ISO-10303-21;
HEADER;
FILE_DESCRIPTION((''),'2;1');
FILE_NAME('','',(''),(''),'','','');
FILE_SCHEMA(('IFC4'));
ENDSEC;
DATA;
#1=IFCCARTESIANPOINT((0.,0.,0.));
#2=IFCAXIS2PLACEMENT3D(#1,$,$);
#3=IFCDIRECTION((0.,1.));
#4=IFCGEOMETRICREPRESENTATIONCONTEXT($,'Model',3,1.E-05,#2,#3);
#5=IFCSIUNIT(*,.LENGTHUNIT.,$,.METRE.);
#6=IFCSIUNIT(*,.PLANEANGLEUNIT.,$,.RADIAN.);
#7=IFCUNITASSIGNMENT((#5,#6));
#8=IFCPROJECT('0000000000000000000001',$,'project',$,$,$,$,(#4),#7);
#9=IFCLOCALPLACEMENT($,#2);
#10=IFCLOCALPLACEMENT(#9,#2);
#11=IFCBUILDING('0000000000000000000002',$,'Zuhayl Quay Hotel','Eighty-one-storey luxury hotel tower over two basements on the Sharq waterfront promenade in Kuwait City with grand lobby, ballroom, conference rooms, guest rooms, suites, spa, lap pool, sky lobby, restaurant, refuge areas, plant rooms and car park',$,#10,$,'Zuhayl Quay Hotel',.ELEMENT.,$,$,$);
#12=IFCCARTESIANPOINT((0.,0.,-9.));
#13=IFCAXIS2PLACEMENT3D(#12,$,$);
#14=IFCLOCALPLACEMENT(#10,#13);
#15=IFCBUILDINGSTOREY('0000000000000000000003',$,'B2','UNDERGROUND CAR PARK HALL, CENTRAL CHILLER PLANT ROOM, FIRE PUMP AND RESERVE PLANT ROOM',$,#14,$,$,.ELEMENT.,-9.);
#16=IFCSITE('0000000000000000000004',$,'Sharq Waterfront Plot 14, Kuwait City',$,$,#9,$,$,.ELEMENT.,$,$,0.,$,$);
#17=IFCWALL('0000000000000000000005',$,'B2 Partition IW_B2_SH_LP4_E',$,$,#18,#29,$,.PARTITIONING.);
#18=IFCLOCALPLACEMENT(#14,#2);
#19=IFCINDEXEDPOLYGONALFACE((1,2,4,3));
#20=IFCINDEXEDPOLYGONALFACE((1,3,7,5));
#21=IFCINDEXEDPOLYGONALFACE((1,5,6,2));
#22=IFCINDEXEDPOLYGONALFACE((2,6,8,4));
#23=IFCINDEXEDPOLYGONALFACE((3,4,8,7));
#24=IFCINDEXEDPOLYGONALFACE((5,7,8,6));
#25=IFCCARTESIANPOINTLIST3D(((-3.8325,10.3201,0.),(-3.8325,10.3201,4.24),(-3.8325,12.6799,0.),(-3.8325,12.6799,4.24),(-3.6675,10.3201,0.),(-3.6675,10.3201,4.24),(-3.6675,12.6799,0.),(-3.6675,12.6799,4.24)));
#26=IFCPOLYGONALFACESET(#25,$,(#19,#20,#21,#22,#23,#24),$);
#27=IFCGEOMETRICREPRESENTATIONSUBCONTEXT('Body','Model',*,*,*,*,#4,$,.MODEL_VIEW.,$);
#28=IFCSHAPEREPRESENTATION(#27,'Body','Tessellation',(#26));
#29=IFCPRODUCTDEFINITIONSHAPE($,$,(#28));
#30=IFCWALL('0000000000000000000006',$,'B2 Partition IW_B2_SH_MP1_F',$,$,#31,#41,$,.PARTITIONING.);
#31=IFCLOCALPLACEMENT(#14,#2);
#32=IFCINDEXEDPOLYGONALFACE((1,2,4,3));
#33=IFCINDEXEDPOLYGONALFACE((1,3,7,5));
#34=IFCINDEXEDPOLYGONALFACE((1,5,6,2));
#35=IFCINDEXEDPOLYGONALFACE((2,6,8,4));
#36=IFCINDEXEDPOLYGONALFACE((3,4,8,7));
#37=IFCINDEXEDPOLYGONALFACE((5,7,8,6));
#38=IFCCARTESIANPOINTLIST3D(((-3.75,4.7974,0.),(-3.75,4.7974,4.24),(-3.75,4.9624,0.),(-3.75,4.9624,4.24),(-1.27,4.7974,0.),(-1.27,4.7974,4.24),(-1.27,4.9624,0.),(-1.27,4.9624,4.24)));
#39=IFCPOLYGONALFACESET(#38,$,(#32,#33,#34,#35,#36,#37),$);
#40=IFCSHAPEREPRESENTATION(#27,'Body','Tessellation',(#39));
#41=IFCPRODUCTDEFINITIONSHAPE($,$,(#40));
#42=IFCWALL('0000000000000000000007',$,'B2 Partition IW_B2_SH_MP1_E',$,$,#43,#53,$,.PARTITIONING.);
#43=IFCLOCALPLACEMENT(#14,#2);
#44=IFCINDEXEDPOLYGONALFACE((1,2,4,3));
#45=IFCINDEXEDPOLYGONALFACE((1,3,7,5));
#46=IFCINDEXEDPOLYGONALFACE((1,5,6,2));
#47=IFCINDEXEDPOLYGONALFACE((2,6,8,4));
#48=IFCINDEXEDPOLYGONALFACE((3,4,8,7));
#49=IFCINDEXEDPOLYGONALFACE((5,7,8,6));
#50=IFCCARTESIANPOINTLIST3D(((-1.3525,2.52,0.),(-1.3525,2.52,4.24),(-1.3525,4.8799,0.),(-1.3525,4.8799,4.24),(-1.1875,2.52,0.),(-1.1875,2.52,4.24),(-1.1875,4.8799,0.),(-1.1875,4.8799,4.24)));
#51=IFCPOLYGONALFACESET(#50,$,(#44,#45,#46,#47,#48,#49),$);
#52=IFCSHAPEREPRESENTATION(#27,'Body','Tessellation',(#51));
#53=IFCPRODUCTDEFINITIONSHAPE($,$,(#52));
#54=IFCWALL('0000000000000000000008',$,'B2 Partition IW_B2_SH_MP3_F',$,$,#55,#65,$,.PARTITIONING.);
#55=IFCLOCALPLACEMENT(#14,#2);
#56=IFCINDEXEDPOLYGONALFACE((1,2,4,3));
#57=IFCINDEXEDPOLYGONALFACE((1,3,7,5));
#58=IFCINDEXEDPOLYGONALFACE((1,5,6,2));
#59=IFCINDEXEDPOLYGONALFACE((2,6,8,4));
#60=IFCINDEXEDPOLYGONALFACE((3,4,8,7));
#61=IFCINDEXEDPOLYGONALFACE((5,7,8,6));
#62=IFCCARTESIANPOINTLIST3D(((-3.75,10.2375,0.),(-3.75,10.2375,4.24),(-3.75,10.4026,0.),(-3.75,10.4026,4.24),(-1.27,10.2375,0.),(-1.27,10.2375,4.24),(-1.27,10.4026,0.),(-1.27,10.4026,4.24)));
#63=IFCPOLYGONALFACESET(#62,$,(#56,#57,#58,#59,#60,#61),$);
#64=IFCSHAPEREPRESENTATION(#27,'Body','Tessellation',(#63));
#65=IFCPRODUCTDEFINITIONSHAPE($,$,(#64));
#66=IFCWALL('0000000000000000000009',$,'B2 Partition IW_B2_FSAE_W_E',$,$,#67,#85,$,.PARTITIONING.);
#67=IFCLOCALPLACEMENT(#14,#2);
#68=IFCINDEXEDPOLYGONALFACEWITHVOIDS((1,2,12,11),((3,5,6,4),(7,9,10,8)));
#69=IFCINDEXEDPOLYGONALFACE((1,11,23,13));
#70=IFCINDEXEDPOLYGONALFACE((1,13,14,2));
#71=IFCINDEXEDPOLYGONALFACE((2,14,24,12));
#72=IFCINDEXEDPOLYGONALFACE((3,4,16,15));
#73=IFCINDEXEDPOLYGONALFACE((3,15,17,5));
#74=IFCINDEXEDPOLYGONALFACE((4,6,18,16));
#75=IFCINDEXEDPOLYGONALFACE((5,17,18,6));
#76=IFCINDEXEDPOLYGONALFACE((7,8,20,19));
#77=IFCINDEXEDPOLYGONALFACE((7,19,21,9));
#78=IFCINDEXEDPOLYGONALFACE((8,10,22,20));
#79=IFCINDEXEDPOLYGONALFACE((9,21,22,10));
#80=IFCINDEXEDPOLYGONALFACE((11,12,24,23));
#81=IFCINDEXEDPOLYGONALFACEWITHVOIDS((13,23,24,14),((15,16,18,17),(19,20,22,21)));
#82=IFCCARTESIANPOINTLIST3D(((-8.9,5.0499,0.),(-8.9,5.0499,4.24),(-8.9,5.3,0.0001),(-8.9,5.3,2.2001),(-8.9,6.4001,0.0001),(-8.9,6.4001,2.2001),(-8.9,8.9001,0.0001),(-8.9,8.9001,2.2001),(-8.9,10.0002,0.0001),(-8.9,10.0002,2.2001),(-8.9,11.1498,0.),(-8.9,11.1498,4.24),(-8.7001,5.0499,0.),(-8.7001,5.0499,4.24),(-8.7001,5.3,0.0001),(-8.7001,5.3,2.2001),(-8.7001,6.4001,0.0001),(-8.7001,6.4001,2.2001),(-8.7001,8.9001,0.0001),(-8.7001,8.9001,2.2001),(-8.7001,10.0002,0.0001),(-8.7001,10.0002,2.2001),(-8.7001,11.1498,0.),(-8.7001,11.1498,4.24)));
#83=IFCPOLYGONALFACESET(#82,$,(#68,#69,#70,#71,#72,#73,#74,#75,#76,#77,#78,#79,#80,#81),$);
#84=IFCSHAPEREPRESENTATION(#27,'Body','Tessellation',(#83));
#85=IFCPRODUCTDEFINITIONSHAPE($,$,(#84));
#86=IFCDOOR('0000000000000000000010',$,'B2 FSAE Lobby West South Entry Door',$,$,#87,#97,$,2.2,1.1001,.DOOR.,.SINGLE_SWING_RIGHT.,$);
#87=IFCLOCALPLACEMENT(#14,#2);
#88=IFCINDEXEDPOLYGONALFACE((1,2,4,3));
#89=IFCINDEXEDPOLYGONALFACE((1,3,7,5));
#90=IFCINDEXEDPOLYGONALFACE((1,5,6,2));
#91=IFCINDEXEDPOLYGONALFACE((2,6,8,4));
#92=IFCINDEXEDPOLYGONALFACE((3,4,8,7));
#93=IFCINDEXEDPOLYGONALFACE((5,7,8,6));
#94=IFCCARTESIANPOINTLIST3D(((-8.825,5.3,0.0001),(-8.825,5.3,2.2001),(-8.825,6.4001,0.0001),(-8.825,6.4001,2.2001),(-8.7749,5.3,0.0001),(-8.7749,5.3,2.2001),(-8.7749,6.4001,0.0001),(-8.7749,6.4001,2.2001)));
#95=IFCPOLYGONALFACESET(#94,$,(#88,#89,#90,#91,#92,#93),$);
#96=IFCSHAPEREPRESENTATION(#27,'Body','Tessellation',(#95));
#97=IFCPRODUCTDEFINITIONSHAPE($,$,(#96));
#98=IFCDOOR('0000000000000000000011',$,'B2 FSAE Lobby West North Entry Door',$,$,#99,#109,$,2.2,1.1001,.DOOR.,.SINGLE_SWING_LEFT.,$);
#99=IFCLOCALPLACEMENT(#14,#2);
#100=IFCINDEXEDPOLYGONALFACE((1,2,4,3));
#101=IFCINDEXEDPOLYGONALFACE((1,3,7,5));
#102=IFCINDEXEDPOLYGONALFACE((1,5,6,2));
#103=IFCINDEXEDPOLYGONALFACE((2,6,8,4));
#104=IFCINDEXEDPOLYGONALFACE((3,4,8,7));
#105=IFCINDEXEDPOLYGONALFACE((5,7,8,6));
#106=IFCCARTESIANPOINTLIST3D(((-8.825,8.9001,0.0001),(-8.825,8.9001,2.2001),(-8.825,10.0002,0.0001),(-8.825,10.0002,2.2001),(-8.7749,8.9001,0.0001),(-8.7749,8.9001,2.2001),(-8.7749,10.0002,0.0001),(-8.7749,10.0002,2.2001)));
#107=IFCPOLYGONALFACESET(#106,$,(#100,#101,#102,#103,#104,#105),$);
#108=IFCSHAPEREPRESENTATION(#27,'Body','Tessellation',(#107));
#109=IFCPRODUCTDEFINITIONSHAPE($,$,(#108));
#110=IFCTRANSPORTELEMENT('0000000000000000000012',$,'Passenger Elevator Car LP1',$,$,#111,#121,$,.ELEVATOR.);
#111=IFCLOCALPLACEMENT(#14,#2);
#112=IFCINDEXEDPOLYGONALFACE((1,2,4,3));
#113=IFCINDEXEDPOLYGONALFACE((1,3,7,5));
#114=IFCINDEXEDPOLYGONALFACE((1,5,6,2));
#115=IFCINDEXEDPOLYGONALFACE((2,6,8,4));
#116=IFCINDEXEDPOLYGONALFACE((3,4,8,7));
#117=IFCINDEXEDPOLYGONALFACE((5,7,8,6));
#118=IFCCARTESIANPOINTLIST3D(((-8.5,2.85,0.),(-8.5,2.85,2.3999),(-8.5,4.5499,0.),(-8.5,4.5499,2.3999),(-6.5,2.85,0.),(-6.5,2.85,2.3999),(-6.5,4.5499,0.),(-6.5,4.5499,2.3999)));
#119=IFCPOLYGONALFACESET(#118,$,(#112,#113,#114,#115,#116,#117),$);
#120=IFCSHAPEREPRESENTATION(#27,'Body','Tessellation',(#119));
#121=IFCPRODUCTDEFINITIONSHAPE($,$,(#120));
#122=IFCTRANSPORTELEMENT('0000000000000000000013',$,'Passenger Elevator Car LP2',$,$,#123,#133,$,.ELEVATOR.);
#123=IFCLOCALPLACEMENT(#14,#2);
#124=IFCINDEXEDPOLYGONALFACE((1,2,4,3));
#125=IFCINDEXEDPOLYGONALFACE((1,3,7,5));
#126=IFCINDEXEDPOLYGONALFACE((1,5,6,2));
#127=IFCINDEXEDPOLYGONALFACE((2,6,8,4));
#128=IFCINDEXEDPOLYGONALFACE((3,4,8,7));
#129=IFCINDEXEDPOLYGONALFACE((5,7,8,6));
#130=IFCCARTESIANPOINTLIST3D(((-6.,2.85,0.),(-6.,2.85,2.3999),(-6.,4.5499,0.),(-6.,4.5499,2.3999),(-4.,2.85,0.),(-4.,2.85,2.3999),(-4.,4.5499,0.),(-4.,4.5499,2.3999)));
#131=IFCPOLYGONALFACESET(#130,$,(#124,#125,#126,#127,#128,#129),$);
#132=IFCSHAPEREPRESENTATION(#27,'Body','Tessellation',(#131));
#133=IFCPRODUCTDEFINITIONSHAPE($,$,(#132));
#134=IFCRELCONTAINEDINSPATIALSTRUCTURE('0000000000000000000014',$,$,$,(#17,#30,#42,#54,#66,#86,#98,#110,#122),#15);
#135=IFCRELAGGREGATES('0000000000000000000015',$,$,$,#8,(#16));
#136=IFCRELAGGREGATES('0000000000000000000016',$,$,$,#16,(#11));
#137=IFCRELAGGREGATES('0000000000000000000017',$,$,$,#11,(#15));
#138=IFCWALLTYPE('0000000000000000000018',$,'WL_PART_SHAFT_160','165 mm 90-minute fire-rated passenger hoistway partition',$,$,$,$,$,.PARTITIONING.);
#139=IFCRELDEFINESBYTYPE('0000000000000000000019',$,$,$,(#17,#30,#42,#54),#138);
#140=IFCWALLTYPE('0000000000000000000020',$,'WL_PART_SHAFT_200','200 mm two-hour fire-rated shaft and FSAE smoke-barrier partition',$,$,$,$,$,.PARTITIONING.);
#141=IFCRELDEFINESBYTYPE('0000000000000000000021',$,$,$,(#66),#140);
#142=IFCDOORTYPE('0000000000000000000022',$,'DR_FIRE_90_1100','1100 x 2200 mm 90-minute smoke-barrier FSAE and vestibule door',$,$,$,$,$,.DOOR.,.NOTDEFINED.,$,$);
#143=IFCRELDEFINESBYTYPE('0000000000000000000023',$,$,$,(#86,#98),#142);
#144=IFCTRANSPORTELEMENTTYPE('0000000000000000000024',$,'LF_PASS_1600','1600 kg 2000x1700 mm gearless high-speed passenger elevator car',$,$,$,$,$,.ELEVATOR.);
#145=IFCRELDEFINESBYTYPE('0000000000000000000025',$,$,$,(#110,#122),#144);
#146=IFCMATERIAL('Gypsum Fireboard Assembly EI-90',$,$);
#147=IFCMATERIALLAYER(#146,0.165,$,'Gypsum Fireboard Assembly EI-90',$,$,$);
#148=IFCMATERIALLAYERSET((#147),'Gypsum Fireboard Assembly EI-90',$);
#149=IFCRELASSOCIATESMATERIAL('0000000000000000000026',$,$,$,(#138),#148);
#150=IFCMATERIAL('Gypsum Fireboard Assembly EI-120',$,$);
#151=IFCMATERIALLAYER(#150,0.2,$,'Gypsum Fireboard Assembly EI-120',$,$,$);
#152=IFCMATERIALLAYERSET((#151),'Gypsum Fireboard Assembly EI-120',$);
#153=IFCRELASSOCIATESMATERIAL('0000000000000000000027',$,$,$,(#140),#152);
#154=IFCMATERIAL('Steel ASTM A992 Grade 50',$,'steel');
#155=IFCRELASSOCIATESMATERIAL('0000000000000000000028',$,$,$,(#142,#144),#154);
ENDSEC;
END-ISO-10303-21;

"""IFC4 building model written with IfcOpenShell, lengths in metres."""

from ifc_helpers import new_model, si_unit, direction, frame, frame_2d, origin, origin_2d, place, context, subcontext, project, spatial, rectangle, extrude, material, layer, layer_set, type_object, element, fill, save


model = new_model("IFC4")

# Units and contexts
model_context = context("Model", 3, precision=1e-05, world=origin(), true_north=direction((0.0, 1.0)))
body_context = subcontext(model_context, "Body", "Model", "MODEL_VIEW")
ifc_project = project(units=[si_unit("LENGTHUNIT", "METRE"), si_unit("PLANEANGLEUNIT", "RADIAN")], contexts=[model_context])

# Site, building, storey
site_placement = place(None, origin())
site = spatial("IfcSite", under=ifc_project, at=site_placement, Name="Sharq Waterfront Plot 14, Kuwait City", CompositionType="ELEMENT", RefElevation=0.0)
building_placement = place(site_placement, origin())
building = spatial("IfcBuilding", under=site, at=building_placement, Name="Zuhayl Quay Hotel", Description="Eighty-one-storey luxury hotel tower over two basements on the Sharq waterfront promenade in Kuwait City with grand lobby, ballroom, conference rooms, guest rooms, suites, spa, lap pool, sky lobby, restaurant, refuge areas, plant rooms and car park", LongName="Zuhayl Quay Hotel", CompositionType="ELEMENT")
storey_placement = place(building_placement, frame((0.0, 0.0, -9.0)))
storey = spatial("IfcBuildingStorey", under=building, at=storey_placement, Name="B2", Description="UNDERGROUND CAR PARK HALL, CENTRAL CHILLER PLANT ROOM, FIRE PUMP AND RESERVE PLANT ROOM", CompositionType="ELEMENT", Elevation=-9.0)

# Shared definitions
ifc_material_1 = material(Name="Steel ASTM A992 Grade 50", Category="steel")

# Shared definitions
ifc_material_2 = material(Name="Gypsum Fireboard Assembly EI-90")
ifc_layer_1 = layer(ifc_material_2, 0.165, Name="Gypsum Fireboard Assembly EI-90")
ifc_layer_set_1 = layer_set([ifc_layer_1], Name="Gypsum Fireboard Assembly EI-90")
wall_type_1 = type_object("IfcWallType", Name="WL_PART_SHAFT_160", Description="165 mm 90-minute fire-rated passenger hoistway partition", PredefinedType="PARTITIONING", material=ifc_layer_set_1)

# Walls
for number, where, z_axis, x_axis, name in (
    (1, (-3.75, 10.3201, 0.0), (0.0, 0.0, 1.0), (0.0, 1.0, 0.0), "B2 Partition IW_B2_SH_LP4_E"),
):
    element("IfcWall", number, at=place(storey_placement, frame(where, z_axis=z_axis, x_axis=x_axis)), inside=storey, type_object=wall_type_1, Name=name, PredefinedType="PARTITIONING", context=body_context, shape_type="SweptSolid", body=[
        extrude(rectangle(XDim=2.3599, YDim=0.165, at=frame_2d((1.1799, 0.0))), origin(), (0.0, 0.0, 1.0), 4.24),
    ])
wall_1_placement = place(storey_placement, frame((-3.75, 4.8799, 0.0), z_axis=(0.0, 0.0, 1.0), x_axis=(1.0, 0.0, 0.0)))
element("IfcWall", 2, at=wall_1_placement, inside=storey, type_object=wall_type_1, Name="B2 Partition IW_B2_SH_MP1_F", PredefinedType="PARTITIONING", context=body_context, shape_type="SweptSolid", body=[
    extrude(rectangle(XDim=2.48, YDim=0.165, at=frame_2d((1.24, 0.0))), origin(), (0.0, 0.0, 1.0), 4.24),
])
wall_2_placement = place(storey_placement, frame((-1.27, 2.52, 0.0), z_axis=(0.0, 0.0, 1.0), x_axis=(0.0, 1.0, 0.0)))
element("IfcWall", 3, at=wall_2_placement, inside=storey, type_object=wall_type_1, Name="B2 Partition IW_B2_SH_MP1_E", PredefinedType="PARTITIONING", context=body_context, shape_type="SweptSolid", body=[
    extrude(rectangle(XDim=2.3599, YDim=0.165, at=frame_2d((1.1799, 0.0))), origin(), (0.0, 0.0, 1.0), 4.24),
])
wall_3_placement = place(storey_placement, frame((-3.75, 10.3201, 0.0), z_axis=(0.0, 0.0, 1.0), x_axis=(1.0, 0.0, 0.0)))
element("IfcWall", 4, at=wall_3_placement, inside=storey, type_object=wall_type_1, Name="B2 Partition IW_B2_SH_MP3_F", PredefinedType="PARTITIONING", context=body_context, shape_type="SweptSolid", body=[
    extrude(rectangle(XDim=2.48, YDim=0.165, at=frame_2d((1.24, 0.0))), origin(), (0.0, 0.0, 1.0), 4.24),
])

# Wall, openings, doors
ifc_material_3 = material(Name="Gypsum Fireboard Assembly EI-120")
ifc_layer_2 = layer(ifc_material_3, 0.2, Name="Gypsum Fireboard Assembly EI-120")
ifc_layer_set_2 = layer_set([ifc_layer_2], Name="Gypsum Fireboard Assembly EI-120")
wall_type_2 = type_object("IfcWallType", Name="WL_PART_SHAFT_200", Description="200 mm two-hour fire-rated shaft and FSAE smoke-barrier partition", PredefinedType="PARTITIONING", material=ifc_layer_set_2)
wall_4_placement = place(storey_placement, frame((-8.8, 5.05, 0.0), z_axis=(0.0, 0.0, 1.0), x_axis=(0.0, 1.0, 0.0)))
wall_4 = element("IfcWall", 5, at=wall_4_placement, inside=storey, type_object=wall_type_2, Name="B2 Partition IW_B2_FSAE_W_E", PredefinedType="PARTITIONING", context=body_context, shape_type="SweptSolid", body=[
    extrude(rectangle(XDim=6.0999, YDim=0.2, at=frame_2d((3.0498, 0.0))), origin(), (0.0, 0.0, 1.0), 4.24),
])
opening_1_placement = place(wall_4_placement, frame((0.25, 0.0, 0.0)))
opening_1 = element("IfcOpeningElement", 6, at=opening_1_placement, cuts=wall_4, PredefinedType="OPENING", context=body_context, shape_type="SweptSolid", body=[
    extrude(rectangle(XDim=1.1001, YDim=2.2, at=frame_2d((0.55, 1.1001))), frame((0.0, 0.1099, 0.0), z_axis=(0.0, -1.0, 0.0), x_axis=(1.0, 0.0, 0.0)), (0.0, 0.0, 1.0), 0.22),
])
opening_2_placement = place(wall_4_placement, frame((3.8501, 0.0, 0.0)))
opening_2 = element("IfcOpeningElement", 7, at=opening_2_placement, cuts=wall_4, PredefinedType="OPENING", context=body_context, shape_type="SweptSolid", body=[
    extrude(rectangle(XDim=1.1001, YDim=2.2, at=frame_2d((0.55, 1.1001))), frame((0.0, 0.1099, 0.0), z_axis=(0.0, -1.0, 0.0), x_axis=(1.0, 0.0, 0.0)), (0.0, 0.0, 1.0), 0.22),
])
door_type_1 = type_object("IfcDoorType", Name="DR_FIRE_90_1100", Description="1100 x 2200 mm 90-minute smoke-barrier FSAE and vestibule door", OperationType="NOTDEFINED", PredefinedType="DOOR", material=ifc_material_1)
door_1_placement = place(opening_1_placement, origin())
door_1 = element("IfcDoor", 8, at=door_1_placement, inside=storey, type_object=door_type_1, Name="B2 FSAE Lobby West South Entry Door", OperationType="SINGLE_SWING_RIGHT", OverallHeight=2.2, OverallWidth=1.1001, PredefinedType="DOOR", context=body_context, shape_type="SweptSolid", body=[
    extrude(rectangle(XDim=1.1001, YDim=2.2, at=frame_2d((0.55, 1.1001))), frame((0.0, 0.0249, 0.0), z_axis=(0.0, -1.0, 0.0), x_axis=(1.0, 0.0, 0.0)), (0.0, 0.0, 1.0), 0.05),
])
fill(opening_1, door_1)
door_2_placement = place(opening_2_placement, origin())
door_2 = element("IfcDoor", 9, at=door_2_placement, inside=storey, type_object=door_type_1, Name="B2 FSAE Lobby West North Entry Door", OperationType="SINGLE_SWING_LEFT", OverallHeight=2.2, OverallWidth=1.1001, PredefinedType="DOOR", context=body_context, shape_type="SweptSolid", body=[
    extrude(rectangle(XDim=1.1001, YDim=2.2, at=frame_2d((0.55, 1.1001))), frame((0.0, 0.0249, 0.0), z_axis=(0.0, -1.0, 0.0), x_axis=(1.0, 0.0, 0.0)), (0.0, 0.0, 1.0), 0.05),
])
fill(opening_2, door_2)

# Transport elements
transport_element_type = type_object("IfcTransportElementType", Name="LF_PASS_1600", Description="1600 kg 2000x1700 mm gearless high-speed passenger elevator car", PredefinedType="ELEVATOR", material=ifc_material_1)
for number, where, z_axis, x_axis, name in (
    (10, (-7.5, 3.7, 0.0), (0.0, 0.0, 1.0), (1.0, 0.0, 0.0), "Passenger Elevator Car LP1"),
    (11, (-5.0, 3.7, 0.0), (0.0, 0.0, 1.0), (1.0, 0.0, 0.0), "Passenger Elevator Car LP2"),
):
    element("IfcTransportElement", number, at=place(storey_placement, frame(where, z_axis=z_axis, x_axis=x_axis)), inside=storey, type_object=transport_element_type, Name=name, PredefinedType="ELEVATOR", context=body_context, shape_type="SweptSolid", body=[
        extrude(rectangle(XDim=2.0, YDim=1.7, at=origin_2d()), origin(), (0.0, 0.0, 1.0), 2.3999),
    ])

save(model, "model.ifc")
